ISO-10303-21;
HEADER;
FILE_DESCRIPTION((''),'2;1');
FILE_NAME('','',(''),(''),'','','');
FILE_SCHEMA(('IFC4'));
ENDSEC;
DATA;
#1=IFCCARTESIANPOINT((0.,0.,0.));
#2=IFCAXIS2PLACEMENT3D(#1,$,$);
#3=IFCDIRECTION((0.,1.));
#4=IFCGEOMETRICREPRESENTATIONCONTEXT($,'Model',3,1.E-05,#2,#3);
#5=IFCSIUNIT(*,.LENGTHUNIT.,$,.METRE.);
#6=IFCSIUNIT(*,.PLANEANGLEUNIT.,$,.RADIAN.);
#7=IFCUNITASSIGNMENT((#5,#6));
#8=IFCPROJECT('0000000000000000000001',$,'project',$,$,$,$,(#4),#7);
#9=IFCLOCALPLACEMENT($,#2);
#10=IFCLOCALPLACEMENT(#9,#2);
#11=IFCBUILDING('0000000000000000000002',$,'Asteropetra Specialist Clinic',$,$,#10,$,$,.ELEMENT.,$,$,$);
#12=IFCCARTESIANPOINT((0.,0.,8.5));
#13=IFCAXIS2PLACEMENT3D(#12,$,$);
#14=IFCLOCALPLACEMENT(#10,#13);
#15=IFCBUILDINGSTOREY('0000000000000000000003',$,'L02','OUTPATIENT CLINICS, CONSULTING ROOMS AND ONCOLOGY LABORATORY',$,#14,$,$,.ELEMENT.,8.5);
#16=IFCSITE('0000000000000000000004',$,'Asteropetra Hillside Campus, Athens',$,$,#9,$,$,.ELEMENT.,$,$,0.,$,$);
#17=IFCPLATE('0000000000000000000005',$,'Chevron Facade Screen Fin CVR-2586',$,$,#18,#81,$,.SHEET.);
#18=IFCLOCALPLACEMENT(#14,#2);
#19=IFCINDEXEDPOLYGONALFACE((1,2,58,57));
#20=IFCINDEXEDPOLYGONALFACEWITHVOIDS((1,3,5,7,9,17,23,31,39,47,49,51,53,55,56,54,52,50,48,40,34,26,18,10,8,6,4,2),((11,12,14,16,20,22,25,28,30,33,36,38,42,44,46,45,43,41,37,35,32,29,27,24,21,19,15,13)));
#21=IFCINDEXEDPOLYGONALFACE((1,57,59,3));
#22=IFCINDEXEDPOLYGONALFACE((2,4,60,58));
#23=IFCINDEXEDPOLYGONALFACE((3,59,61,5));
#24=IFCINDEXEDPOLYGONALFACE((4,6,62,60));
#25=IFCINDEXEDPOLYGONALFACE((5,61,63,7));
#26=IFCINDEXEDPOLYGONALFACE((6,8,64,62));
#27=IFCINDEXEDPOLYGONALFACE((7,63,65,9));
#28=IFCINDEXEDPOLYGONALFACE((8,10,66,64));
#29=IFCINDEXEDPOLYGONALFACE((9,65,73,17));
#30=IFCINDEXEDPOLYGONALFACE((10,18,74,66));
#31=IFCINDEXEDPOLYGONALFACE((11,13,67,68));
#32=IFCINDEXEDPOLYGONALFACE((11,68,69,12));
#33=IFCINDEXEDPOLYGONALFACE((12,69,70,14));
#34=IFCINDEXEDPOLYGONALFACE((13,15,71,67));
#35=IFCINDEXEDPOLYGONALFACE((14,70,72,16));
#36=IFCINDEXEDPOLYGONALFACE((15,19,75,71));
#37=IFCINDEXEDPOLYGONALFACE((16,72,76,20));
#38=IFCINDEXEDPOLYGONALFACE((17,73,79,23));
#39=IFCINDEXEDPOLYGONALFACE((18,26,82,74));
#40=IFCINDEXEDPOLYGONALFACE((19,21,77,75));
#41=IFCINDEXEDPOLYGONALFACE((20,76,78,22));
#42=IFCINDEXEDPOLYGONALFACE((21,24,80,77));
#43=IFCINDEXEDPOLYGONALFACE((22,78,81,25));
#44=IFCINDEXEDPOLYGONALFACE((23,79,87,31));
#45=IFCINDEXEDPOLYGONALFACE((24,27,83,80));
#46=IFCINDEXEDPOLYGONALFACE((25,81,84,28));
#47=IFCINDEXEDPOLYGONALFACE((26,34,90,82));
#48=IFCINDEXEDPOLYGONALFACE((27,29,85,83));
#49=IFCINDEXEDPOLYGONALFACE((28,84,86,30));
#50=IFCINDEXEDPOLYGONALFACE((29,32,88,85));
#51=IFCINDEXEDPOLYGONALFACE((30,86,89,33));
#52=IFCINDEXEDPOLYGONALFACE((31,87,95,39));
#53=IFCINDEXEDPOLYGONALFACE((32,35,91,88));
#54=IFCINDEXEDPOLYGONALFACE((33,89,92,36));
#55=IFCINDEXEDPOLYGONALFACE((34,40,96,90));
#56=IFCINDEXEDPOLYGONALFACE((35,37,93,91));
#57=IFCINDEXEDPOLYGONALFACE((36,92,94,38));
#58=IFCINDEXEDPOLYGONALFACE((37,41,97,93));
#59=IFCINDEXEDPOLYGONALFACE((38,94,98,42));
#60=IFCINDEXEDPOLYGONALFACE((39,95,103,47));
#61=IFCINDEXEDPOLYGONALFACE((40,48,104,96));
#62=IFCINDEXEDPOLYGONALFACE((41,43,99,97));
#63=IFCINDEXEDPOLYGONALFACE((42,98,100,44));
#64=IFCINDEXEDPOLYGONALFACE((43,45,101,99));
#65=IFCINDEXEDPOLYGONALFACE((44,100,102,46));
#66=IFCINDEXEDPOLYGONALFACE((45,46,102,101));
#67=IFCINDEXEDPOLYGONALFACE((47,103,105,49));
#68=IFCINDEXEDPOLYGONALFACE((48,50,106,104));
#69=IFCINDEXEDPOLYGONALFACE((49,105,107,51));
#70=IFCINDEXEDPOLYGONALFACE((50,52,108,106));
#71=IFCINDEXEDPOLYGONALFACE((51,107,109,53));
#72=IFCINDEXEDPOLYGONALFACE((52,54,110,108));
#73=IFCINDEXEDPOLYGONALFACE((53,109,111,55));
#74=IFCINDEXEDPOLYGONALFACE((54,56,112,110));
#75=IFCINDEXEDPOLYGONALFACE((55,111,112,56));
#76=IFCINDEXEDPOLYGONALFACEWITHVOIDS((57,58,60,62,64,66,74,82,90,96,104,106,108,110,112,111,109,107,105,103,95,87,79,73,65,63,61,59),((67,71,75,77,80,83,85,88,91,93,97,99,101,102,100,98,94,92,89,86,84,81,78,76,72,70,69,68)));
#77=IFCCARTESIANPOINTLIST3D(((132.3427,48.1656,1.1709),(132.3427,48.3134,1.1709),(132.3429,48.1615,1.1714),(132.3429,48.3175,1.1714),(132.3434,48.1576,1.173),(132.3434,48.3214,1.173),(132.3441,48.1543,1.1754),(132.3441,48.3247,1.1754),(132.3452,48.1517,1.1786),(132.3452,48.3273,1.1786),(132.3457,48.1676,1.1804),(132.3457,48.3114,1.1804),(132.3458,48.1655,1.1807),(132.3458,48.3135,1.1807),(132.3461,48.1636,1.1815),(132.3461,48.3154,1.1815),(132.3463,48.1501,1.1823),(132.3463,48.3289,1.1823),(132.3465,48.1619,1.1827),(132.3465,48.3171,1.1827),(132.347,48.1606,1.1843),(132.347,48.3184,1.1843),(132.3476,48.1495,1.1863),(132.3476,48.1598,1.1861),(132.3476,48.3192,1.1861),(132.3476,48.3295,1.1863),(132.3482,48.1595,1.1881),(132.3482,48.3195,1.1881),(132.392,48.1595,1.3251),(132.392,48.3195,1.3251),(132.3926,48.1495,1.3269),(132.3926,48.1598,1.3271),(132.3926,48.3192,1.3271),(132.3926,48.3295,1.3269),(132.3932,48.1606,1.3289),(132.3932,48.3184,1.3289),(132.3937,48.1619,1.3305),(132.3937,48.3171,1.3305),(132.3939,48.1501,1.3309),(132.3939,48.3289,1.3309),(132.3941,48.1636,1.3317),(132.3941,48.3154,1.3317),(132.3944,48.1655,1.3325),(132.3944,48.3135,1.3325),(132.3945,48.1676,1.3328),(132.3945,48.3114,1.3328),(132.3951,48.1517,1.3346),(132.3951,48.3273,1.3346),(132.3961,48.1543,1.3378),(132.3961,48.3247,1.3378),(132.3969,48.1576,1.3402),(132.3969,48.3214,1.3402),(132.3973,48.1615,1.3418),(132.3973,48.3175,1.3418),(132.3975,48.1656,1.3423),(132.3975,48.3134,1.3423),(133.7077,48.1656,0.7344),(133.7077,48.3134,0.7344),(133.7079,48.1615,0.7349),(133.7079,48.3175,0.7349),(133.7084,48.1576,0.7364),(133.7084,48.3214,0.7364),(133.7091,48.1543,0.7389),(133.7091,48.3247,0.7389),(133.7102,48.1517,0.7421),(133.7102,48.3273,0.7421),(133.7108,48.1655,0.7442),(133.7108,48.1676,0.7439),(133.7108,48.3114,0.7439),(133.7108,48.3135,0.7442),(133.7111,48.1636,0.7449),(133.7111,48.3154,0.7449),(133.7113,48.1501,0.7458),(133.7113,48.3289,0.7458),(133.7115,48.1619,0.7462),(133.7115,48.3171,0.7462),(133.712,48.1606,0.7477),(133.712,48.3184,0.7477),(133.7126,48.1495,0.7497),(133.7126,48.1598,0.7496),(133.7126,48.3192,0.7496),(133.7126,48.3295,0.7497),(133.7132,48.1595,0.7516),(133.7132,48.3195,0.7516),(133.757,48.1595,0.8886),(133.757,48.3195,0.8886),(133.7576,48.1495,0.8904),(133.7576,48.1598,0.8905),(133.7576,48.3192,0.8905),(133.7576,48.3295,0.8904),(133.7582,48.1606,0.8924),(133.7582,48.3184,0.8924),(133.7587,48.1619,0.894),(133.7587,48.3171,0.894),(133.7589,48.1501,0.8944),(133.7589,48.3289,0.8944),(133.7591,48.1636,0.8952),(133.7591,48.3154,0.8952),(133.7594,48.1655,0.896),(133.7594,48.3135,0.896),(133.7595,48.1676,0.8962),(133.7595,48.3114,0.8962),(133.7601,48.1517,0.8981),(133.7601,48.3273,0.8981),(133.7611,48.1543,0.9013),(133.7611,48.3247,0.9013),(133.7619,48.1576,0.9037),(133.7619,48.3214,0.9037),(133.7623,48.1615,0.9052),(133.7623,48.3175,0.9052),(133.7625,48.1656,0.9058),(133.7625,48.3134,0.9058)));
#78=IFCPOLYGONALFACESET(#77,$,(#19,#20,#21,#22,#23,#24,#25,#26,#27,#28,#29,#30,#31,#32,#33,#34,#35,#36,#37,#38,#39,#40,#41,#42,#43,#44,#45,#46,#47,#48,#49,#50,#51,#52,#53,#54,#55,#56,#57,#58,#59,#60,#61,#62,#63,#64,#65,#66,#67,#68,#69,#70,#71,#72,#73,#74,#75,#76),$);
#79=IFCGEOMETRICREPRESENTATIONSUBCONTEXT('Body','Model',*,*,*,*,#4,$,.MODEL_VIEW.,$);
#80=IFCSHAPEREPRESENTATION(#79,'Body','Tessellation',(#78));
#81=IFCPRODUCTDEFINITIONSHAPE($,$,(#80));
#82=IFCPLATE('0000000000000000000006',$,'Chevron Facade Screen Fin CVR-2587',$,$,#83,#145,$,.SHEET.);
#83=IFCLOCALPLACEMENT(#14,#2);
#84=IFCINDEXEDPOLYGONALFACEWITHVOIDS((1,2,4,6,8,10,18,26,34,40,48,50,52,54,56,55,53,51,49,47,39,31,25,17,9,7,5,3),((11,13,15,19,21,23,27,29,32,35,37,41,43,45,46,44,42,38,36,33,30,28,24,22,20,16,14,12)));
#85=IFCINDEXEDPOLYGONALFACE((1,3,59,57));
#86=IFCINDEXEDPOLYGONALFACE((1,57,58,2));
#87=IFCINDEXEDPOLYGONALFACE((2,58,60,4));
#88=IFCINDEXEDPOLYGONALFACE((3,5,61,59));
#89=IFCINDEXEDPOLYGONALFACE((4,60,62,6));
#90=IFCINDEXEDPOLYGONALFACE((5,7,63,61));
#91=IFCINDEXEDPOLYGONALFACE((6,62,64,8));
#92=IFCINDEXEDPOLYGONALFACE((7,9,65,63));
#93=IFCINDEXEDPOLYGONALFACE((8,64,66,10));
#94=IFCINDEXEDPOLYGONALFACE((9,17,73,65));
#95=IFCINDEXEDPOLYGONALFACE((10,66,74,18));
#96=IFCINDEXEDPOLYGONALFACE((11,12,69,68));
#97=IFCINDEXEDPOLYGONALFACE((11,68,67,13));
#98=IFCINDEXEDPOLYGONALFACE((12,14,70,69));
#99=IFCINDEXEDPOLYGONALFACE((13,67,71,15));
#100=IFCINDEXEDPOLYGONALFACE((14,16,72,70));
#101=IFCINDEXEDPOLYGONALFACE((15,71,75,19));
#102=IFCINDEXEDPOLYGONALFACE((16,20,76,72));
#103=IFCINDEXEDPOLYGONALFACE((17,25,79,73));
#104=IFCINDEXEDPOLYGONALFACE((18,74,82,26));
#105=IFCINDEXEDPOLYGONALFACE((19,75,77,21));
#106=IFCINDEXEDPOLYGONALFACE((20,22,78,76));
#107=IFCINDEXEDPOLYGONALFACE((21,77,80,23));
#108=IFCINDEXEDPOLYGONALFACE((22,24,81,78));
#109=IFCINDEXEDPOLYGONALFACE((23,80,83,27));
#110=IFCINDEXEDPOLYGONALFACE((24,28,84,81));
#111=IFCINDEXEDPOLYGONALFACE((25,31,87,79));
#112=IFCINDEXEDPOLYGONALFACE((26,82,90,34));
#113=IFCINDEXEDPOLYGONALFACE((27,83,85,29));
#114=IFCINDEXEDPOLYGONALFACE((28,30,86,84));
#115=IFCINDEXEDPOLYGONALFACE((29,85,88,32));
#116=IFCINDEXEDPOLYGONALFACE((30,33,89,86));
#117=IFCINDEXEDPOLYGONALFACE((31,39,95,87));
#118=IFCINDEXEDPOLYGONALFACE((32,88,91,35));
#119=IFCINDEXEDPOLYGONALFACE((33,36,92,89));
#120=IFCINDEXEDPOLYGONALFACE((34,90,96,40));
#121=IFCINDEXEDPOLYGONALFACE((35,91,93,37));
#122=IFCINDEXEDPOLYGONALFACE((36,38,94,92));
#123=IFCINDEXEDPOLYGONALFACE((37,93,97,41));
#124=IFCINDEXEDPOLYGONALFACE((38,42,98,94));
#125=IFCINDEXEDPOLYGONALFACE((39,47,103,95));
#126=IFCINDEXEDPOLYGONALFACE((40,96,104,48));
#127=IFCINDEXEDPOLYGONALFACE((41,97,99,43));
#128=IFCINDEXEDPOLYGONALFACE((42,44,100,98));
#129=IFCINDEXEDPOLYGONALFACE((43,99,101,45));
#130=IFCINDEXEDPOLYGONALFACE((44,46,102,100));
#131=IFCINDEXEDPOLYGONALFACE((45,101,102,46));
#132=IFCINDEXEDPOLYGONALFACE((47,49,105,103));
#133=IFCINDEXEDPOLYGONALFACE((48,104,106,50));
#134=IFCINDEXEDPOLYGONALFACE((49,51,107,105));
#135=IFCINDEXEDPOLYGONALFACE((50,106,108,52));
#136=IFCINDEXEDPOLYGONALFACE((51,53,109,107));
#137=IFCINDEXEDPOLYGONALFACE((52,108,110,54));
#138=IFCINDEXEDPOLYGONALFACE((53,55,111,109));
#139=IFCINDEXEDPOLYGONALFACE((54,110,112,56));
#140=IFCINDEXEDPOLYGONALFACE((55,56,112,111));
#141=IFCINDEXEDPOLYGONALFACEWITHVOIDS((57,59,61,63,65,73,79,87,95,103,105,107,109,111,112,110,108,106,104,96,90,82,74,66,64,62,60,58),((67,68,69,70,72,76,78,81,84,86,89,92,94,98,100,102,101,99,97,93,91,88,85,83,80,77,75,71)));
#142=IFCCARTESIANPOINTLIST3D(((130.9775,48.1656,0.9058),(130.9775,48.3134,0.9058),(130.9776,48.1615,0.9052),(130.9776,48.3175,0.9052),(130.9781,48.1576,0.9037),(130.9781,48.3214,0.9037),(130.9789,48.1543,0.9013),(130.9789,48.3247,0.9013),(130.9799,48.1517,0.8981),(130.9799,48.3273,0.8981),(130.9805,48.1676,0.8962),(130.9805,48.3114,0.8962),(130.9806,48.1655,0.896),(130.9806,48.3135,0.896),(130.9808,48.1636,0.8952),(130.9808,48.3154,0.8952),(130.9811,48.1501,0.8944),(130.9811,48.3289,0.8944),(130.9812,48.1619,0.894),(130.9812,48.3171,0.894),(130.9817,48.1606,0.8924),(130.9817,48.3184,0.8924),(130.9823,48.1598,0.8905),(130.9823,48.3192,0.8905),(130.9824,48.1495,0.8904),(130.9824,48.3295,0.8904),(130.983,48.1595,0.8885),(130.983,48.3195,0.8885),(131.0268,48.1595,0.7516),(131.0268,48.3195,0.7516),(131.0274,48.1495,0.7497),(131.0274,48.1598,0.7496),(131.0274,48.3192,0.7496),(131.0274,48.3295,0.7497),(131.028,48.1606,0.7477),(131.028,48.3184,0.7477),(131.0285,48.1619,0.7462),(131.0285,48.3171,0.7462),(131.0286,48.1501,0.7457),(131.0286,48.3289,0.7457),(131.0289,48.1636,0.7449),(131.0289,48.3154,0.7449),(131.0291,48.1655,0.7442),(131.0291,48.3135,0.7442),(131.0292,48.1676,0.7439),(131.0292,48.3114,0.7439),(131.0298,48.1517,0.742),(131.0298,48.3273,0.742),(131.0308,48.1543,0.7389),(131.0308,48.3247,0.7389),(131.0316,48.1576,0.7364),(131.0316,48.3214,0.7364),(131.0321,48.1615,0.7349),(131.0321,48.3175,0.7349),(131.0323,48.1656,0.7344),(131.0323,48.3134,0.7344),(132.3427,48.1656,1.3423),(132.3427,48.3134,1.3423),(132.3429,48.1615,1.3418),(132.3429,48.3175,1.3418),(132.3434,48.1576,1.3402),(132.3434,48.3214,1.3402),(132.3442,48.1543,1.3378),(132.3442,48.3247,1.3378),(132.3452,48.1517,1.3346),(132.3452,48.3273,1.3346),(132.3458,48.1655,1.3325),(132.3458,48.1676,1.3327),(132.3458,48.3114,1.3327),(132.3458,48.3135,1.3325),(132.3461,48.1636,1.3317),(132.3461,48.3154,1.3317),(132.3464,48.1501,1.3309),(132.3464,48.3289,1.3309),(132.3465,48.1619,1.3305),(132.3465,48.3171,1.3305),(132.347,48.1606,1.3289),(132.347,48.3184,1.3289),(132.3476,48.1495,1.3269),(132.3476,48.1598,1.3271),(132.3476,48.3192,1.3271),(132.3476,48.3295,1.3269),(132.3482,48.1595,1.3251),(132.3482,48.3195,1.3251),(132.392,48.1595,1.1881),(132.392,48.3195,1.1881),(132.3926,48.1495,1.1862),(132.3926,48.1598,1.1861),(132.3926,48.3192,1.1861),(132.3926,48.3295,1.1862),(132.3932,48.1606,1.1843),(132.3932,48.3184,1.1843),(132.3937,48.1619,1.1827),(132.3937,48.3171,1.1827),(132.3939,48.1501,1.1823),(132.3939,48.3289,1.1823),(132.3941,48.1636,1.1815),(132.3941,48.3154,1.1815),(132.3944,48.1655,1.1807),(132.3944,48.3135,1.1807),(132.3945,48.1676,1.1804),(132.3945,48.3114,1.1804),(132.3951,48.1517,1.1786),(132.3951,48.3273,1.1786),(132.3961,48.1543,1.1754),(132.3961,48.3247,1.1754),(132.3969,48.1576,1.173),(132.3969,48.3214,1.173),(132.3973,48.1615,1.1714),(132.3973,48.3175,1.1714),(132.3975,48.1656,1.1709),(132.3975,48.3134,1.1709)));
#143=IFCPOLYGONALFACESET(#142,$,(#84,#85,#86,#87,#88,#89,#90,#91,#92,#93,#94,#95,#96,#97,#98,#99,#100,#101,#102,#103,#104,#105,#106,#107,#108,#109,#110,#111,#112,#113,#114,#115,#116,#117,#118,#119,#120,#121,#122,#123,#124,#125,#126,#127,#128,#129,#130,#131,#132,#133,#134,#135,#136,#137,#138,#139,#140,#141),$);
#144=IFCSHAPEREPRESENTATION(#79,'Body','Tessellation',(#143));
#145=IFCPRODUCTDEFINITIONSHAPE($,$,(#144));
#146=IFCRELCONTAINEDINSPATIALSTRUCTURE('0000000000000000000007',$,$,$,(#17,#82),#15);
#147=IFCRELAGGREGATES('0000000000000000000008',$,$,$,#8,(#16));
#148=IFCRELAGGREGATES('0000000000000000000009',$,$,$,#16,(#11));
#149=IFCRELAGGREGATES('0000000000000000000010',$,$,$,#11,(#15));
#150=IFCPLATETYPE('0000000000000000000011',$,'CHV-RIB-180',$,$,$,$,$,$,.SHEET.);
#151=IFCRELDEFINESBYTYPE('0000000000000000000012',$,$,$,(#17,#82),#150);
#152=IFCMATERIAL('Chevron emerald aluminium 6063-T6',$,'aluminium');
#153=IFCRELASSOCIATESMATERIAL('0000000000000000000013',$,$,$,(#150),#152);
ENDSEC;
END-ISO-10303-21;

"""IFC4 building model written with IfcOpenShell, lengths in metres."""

from ifc_helpers import new_model, si_unit, direction, frame, origin, origin_2d, place, context, subcontext, project, spatial, hollow_rectangle, extrude, material, material_profile, profile_set, type_object, element, save


model = new_model("IFC4")

# Units and contexts
model_context = context("Model", 3, precision=1e-05, world=origin(), true_north=direction((0.0, 1.0)))
body_context = subcontext(model_context, "Body", "Model", "MODEL_VIEW")
ifc_project = project(units=[si_unit("LENGTHUNIT", "METRE"), si_unit("PLANEANGLEUNIT", "RADIAN")], contexts=[model_context])

# Site, building, storey
site_placement = place(None, origin())
site = spatial("IfcSite", under=ifc_project, at=site_placement, Name="Asteropetra Hillside Campus, Athens", CompositionType="ELEMENT", RefElevation=0.0)
building_placement = place(site_placement, origin())
building = spatial("IfcBuilding", under=site, at=building_placement, Name="Asteropetra Specialist Clinic", CompositionType="ELEMENT")
storey_placement = place(building_placement, frame((0.0, 0.0, 8.5)))
storey = spatial("IfcBuildingStorey", under=building, at=storey_placement, Name="L02", Description="OUTPATIENT CLINICS, CONSULTING ROOMS AND ONCOLOGY LABORATORY", CompositionType="ELEMENT", Elevation=8.5)

# Plates
ifc_material_1 = material(Name="Chevron emerald aluminium 6063-T6", Category="aluminium")
ifc_material_profile_1 = material_profile(ifc_material_1, hollow_rectangle(XDim=0.1799, YDim=0.1799, WallThickness=0.01, InnerFilletRadius=0.0081, OuterFilletRadius=0.0161, at=origin_2d()), Name="SHS 180x180x10.0")
ifc_profile_set_1 = profile_set([ifc_material_profile_1], Name="Chevron emerald aluminium 6063-T6")
plate_type = type_object("IfcPlateType", Name="CHV-RIB-180", PredefinedType="SHEET", material=ifc_profile_set_1)
plate_1_placement = place(storey_placement, frame((133.7351, 48.2395, 0.8201), z_axis=(-0.95248, 0.0, 0.304603), x_axis=(0.0, -1.0, 0.0)))
element("IfcPlate", 1, at=plate_1_placement, inside=storey, type_object=plate_type, Name="Chevron Facade Screen Fin CVR-2586", PredefinedType="SHEET", context=body_context, shape_type="SweptSolid", body=[
    extrude(hollow_rectangle(XDim=0.1799, YDim=0.1799, WallThickness=0.01, InnerFilletRadius=0.0081, OuterFilletRadius=0.0161, at=origin_2d()), origin(), (0.0, 0.0, 1.0), 1.4331),
])
plate_2_placement = place(storey_placement, frame((132.3701, 48.2395, 1.2566), z_axis=(-0.952495, 0.0, -0.304553), x_axis=(0.0, -1.0, 0.0)))
element("IfcPlate", 2, at=plate_2_placement, inside=storey, type_object=plate_type, Name="Chevron Facade Screen Fin CVR-2587", PredefinedType="SHEET", context=body_context, shape_type="SweptSolid", body=[
    extrude(hollow_rectangle(XDim=0.1799, YDim=0.1799, WallThickness=0.01, InnerFilletRadius=0.0081, OuterFilletRadius=0.0161, at=origin_2d()), origin(), (0.0, 0.0, 1.0), 1.4333),
])

save(model, "model.ifc")
